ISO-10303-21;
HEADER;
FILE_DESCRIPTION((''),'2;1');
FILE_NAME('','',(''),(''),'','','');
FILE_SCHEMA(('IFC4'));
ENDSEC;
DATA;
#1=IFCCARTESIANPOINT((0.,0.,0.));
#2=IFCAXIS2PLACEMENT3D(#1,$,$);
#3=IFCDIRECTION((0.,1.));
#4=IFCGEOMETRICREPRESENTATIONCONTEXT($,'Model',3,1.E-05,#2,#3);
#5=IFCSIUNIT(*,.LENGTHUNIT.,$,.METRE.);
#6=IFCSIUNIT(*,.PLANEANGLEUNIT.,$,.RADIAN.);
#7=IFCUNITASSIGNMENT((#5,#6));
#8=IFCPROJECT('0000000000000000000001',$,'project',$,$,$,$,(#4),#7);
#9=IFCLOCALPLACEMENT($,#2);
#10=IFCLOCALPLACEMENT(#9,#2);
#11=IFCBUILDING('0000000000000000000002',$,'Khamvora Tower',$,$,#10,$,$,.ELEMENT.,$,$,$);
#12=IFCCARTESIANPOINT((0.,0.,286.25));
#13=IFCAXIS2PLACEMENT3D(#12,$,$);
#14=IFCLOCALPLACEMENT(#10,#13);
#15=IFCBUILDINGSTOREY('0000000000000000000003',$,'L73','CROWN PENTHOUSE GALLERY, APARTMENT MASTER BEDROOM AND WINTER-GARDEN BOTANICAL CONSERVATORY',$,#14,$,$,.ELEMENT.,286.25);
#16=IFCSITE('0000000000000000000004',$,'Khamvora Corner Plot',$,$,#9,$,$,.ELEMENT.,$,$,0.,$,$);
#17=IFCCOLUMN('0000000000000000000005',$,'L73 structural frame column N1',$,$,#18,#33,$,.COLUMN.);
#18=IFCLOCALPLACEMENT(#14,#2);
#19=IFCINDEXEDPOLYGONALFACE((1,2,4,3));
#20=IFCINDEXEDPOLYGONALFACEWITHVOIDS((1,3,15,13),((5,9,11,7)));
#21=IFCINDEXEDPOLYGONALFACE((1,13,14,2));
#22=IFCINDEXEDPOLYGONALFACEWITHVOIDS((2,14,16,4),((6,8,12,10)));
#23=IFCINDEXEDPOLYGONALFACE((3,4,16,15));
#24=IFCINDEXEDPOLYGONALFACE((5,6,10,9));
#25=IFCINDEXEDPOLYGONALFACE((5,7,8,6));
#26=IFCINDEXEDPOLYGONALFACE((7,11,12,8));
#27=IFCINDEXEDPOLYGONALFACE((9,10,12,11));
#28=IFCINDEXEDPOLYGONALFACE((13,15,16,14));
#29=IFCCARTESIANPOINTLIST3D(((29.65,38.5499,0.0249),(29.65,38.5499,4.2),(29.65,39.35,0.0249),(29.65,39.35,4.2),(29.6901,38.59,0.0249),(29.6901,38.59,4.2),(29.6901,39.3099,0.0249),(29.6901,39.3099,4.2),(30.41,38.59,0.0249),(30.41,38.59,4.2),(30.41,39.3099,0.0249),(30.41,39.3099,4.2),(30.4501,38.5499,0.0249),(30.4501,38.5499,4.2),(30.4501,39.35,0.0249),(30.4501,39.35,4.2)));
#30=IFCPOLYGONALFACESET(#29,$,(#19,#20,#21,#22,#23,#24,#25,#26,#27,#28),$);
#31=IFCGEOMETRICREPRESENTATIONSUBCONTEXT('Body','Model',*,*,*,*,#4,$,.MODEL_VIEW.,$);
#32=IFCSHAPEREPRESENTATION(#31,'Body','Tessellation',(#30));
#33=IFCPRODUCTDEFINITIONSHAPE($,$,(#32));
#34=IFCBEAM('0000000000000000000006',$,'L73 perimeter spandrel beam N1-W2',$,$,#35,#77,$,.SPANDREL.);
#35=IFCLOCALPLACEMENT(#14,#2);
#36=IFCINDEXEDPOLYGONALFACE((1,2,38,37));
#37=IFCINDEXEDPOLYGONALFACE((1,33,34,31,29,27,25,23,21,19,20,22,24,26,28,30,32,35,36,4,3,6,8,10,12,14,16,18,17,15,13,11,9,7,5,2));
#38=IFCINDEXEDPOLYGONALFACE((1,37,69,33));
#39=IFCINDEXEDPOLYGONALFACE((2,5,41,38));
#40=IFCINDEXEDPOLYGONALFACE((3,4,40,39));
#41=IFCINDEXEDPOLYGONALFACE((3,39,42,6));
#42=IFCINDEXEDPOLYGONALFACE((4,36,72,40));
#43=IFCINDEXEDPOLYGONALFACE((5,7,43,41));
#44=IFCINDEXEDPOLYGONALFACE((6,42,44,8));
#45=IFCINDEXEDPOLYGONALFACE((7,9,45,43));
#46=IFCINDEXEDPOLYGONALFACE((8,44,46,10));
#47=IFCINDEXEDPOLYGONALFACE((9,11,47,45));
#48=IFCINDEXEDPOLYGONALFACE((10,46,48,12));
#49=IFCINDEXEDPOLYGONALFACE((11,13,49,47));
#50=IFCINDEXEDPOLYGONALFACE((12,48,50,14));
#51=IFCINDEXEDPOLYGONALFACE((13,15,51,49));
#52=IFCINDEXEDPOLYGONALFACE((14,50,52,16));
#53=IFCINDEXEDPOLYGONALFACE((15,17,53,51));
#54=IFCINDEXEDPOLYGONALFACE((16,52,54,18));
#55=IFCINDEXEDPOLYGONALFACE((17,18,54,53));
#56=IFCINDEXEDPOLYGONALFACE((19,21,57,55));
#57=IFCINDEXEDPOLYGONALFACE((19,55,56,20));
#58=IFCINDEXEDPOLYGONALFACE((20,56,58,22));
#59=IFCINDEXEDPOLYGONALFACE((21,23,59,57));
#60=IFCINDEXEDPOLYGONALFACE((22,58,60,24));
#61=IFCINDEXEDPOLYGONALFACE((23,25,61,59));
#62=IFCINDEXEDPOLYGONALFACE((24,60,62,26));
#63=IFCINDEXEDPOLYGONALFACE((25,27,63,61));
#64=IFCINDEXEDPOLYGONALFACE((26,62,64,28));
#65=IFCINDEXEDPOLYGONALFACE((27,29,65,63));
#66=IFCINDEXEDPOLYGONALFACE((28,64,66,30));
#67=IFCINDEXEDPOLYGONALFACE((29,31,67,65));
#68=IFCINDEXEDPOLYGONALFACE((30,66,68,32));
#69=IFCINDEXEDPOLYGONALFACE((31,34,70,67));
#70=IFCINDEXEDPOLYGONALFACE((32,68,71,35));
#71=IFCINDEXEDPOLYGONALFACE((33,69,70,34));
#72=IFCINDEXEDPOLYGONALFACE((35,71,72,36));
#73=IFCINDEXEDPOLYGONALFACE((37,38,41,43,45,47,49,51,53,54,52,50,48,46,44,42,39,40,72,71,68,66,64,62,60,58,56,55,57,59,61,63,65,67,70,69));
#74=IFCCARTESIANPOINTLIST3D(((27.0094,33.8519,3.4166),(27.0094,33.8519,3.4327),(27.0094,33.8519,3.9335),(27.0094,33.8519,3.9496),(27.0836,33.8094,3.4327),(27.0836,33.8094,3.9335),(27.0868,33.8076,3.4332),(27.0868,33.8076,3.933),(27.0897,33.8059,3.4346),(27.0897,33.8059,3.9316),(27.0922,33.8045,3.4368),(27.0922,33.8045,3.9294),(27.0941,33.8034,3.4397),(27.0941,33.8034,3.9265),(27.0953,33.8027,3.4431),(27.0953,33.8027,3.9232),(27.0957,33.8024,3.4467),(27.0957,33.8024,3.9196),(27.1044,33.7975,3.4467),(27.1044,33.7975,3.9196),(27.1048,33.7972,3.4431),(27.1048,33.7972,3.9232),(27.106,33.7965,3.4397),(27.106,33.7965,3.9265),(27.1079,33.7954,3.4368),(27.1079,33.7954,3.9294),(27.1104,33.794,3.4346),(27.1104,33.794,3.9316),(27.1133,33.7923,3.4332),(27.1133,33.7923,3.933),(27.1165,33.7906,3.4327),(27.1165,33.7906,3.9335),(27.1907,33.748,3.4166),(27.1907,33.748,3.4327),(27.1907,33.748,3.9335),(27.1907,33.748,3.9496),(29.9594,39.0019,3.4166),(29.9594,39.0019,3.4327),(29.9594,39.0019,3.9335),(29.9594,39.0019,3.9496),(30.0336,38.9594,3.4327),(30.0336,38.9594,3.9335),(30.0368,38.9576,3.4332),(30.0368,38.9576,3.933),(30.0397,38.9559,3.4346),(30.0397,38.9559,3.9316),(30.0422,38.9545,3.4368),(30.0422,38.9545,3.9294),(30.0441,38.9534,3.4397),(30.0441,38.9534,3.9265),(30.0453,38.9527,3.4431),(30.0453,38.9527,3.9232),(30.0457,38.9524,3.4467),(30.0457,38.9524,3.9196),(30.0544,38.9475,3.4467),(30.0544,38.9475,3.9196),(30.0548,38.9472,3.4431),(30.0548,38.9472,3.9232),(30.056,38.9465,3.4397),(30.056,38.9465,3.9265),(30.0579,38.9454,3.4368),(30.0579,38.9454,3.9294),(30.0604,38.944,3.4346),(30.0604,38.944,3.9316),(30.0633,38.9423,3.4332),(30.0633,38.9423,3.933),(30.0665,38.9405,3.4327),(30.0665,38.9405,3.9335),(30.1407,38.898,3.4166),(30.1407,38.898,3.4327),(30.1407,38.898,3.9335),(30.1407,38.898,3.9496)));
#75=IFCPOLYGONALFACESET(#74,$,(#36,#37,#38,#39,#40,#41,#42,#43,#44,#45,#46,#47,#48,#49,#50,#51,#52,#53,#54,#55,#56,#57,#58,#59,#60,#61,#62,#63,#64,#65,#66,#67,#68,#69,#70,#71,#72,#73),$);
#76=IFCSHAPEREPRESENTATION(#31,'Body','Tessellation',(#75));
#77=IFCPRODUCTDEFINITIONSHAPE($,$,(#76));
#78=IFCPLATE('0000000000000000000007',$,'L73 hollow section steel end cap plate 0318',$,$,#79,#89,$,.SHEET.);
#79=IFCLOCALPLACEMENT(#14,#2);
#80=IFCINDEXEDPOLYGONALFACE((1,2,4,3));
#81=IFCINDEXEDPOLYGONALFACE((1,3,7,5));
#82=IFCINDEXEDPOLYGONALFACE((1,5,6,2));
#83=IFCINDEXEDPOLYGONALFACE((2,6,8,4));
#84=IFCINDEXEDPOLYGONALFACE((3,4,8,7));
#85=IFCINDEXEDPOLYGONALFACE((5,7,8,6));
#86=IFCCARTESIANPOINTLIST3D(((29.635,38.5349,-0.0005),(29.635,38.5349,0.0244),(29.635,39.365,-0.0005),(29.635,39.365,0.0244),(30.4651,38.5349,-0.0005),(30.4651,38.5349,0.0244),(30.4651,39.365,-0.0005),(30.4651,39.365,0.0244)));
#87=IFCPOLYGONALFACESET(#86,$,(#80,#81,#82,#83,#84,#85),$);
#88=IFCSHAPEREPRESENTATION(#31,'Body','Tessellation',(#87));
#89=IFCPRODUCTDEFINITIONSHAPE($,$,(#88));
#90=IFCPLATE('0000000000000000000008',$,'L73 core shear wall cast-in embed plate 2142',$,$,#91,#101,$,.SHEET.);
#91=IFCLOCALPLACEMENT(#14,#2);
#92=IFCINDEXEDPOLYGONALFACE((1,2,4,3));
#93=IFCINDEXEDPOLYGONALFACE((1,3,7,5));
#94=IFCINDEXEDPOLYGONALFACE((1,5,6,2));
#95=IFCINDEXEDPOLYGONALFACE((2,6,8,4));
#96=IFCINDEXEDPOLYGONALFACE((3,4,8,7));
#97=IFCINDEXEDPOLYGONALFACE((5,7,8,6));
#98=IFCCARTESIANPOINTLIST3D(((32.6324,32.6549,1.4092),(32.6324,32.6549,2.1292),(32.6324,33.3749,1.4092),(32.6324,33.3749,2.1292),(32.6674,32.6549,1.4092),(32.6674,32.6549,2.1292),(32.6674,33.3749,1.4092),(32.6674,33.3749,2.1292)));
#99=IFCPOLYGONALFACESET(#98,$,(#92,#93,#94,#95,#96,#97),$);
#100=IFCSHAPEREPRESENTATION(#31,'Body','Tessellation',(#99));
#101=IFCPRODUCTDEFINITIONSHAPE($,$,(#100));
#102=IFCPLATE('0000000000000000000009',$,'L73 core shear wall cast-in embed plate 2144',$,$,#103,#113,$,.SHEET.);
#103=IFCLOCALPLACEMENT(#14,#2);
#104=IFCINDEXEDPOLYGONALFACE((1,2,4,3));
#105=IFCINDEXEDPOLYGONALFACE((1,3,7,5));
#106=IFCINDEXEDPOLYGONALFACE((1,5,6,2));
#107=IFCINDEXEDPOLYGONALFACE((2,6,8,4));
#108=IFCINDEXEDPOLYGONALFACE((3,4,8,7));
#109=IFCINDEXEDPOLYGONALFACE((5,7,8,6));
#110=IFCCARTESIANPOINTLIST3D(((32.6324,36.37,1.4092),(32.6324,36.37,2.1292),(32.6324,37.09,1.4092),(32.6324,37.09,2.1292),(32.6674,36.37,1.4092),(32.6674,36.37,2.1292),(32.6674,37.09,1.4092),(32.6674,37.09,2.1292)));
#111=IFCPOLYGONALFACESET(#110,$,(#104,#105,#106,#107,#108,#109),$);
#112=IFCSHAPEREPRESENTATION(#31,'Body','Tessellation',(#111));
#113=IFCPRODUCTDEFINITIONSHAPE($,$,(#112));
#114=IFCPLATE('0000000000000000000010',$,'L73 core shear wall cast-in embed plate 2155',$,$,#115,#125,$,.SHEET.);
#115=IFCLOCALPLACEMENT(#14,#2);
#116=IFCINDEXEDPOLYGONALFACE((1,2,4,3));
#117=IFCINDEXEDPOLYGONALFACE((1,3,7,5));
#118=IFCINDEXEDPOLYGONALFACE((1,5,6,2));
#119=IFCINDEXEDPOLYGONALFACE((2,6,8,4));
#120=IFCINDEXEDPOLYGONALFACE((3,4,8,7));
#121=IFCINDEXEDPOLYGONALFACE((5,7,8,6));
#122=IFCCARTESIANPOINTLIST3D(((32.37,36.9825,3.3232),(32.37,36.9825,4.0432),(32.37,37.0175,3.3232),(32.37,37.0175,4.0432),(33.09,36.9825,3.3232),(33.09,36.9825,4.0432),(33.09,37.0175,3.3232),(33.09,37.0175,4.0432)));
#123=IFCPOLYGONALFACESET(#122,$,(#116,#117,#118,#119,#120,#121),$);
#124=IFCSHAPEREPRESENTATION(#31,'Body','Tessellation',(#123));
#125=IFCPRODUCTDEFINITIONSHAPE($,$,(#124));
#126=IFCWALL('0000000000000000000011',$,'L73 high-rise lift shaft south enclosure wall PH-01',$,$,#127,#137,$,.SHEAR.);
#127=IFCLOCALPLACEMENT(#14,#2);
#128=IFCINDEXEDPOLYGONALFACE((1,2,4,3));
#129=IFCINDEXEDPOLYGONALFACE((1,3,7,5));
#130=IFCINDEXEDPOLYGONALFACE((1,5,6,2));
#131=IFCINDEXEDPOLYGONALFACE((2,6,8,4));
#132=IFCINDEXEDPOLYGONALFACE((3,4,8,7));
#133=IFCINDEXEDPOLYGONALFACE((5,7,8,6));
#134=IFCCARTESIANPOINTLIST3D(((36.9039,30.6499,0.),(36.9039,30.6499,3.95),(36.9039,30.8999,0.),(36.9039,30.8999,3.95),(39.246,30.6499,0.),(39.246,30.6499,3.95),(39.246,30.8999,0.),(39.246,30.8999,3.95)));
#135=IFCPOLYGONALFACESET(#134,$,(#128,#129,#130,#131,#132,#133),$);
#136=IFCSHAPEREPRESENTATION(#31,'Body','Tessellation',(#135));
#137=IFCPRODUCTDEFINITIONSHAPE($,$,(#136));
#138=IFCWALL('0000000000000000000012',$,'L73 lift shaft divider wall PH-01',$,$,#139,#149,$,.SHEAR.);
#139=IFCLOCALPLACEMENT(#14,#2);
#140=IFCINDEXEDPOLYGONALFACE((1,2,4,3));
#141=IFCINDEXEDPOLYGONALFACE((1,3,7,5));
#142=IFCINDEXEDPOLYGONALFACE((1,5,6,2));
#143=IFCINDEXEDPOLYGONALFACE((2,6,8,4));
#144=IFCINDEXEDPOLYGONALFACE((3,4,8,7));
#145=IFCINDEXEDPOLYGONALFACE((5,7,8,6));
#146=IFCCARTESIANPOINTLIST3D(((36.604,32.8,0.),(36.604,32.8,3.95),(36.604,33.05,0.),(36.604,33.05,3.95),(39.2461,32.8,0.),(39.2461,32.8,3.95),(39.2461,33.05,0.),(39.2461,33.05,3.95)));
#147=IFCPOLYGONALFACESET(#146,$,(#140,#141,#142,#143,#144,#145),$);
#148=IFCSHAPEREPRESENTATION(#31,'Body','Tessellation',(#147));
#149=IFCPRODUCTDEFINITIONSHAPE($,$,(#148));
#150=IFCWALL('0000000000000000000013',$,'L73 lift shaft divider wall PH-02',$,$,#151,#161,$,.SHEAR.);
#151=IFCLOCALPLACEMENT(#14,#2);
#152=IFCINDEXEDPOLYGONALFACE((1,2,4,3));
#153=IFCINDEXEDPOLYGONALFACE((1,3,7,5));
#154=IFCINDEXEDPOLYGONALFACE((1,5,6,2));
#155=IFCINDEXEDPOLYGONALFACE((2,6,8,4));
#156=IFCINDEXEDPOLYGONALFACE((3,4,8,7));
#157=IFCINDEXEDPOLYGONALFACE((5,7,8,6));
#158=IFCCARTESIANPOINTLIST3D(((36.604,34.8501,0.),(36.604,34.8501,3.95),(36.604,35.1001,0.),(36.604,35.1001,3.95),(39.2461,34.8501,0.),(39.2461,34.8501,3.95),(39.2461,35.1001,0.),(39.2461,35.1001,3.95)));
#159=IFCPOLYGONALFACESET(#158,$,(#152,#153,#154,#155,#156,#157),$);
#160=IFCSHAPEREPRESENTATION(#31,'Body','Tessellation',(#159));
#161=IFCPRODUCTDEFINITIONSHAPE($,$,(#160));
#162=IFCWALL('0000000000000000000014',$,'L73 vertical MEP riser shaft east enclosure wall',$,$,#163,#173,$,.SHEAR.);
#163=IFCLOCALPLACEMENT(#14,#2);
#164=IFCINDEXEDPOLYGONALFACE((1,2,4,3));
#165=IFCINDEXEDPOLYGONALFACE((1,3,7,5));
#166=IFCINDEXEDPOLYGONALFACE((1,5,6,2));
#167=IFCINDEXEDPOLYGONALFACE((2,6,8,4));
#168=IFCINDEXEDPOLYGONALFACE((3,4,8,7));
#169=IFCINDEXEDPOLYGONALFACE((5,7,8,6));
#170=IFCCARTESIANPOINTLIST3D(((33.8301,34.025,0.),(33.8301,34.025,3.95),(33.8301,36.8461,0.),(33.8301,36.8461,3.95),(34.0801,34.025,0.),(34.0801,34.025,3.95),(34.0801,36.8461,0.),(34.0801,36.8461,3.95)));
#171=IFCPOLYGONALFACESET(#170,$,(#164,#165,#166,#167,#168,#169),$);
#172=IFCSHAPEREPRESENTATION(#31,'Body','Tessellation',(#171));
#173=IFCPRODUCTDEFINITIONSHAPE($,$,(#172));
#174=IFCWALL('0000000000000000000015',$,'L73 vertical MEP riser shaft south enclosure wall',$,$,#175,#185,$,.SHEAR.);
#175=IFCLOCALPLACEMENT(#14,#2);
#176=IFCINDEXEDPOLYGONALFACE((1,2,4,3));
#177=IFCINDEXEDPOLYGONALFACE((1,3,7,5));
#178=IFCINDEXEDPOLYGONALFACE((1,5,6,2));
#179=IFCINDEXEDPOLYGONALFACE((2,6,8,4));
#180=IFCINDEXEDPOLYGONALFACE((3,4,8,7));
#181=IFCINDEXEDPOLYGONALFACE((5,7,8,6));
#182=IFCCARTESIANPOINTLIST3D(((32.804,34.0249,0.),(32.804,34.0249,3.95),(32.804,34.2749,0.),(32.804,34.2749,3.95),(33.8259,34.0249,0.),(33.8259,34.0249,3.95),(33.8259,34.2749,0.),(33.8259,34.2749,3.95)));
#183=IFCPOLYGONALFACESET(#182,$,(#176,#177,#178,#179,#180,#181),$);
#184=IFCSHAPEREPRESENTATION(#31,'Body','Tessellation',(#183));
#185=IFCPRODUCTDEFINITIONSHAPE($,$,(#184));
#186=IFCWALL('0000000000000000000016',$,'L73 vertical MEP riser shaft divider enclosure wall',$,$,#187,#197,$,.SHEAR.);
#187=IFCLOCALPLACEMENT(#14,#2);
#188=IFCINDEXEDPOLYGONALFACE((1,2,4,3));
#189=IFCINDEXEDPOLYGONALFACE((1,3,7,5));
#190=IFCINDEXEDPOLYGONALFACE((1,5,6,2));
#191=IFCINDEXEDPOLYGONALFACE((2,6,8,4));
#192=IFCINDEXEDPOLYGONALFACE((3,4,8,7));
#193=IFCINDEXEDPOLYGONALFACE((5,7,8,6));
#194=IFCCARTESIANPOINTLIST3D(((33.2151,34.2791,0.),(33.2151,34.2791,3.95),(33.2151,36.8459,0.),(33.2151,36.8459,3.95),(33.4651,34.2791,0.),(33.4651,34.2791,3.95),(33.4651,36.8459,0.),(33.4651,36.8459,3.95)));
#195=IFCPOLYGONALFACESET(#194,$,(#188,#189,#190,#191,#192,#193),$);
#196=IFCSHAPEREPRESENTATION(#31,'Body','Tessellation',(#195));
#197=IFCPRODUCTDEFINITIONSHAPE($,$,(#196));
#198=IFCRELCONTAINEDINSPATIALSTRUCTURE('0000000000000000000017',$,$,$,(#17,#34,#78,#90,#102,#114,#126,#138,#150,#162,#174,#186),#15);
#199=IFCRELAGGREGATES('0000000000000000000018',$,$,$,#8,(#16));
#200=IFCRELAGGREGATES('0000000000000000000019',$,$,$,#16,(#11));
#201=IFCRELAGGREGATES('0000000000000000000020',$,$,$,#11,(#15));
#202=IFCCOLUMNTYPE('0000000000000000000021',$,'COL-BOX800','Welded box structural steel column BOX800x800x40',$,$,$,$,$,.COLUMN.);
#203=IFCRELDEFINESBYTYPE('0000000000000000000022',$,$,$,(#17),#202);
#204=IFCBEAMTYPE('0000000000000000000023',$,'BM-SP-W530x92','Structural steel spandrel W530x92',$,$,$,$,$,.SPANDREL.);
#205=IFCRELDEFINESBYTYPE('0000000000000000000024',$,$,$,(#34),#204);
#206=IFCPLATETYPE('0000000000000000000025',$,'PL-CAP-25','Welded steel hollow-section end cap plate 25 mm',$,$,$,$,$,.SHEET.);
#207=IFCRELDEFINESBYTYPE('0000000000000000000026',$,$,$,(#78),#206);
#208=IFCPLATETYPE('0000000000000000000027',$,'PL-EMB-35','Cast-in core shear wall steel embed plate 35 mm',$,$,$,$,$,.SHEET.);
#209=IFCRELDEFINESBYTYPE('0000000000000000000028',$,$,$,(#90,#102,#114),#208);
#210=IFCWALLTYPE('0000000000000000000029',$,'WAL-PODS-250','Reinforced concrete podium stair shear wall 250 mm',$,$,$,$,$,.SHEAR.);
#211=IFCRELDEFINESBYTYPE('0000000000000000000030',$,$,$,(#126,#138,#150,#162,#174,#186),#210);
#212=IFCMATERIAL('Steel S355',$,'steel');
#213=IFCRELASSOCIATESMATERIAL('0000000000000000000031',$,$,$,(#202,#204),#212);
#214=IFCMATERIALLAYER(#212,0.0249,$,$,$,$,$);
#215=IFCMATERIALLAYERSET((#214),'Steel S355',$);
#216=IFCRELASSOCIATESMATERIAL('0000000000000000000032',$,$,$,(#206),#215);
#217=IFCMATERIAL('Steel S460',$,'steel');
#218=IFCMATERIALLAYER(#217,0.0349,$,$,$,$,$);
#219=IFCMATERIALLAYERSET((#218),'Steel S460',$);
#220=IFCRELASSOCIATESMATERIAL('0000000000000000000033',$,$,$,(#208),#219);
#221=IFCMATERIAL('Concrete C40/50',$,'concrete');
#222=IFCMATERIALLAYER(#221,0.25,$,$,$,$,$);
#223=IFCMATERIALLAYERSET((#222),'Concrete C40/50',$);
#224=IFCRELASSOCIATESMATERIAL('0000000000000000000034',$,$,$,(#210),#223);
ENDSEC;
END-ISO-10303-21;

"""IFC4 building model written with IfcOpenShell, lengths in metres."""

from ifc_helpers import new_model, si_unit, direction, frame, frame_2d, origin, origin_2d, place, context, subcontext, project, spatial, rectangle, hollow_rectangle, i_section, extrude, material, layer, layer_set, material_profile, profile_set, type_object, element, save


model = new_model("IFC4")

# Units and contexts
model_context = context("Model", 3, precision=1e-05, world=origin(), true_north=direction((0.0, 1.0)))
body_context = subcontext(model_context, "Body", "Model", "MODEL_VIEW")
ifc_project = project(units=[si_unit("LENGTHUNIT", "METRE"), si_unit("PLANEANGLEUNIT", "RADIAN")], contexts=[model_context])

# Site, building, storey
site_placement = place(None, origin())
site = spatial("IfcSite", under=ifc_project, at=site_placement, Name="Khamvora Corner Plot", CompositionType="ELEMENT", RefElevation=0.0)
building_placement = place(site_placement, origin())
building = spatial("IfcBuilding", under=site, at=building_placement, Name="Khamvora Tower", CompositionType="ELEMENT")
storey_placement = place(building_placement, frame((0.0, 0.0, 286.25)))
storey = spatial("IfcBuildingStorey", under=building, at=storey_placement, Name="L73", Description="CROWN PENTHOUSE GALLERY, APARTMENT MASTER BEDROOM AND WINTER-GARDEN BOTANICAL CONSERVATORY", CompositionType="ELEMENT", Elevation=286.25)

# Column
ifc_material_1 = material(Name="Steel S355", Category="steel")
ifc_material_profile_1 = material_profile(ifc_material_1, hollow_rectangle(XDim=0.8, YDim=0.8, WallThickness=0.04, at=origin_2d()), Name="BOX800x800x40")
ifc_profile_set_1 = profile_set([ifc_material_profile_1], Name="Steel S355")
column_type = type_object("IfcColumnType", Name="COL-BOX800", Description="Welded box structural steel column BOX800x800x40", PredefinedType="COLUMN", material=ifc_profile_set_1)
column_placement = place(storey_placement, frame((30.05, 38.95, 0.0249), z_axis=(0.0, 0.0, 1.0), x_axis=(1.0, 0.0, 0.0)))
element("IfcColumn", 1, at=column_placement, inside=storey, type_object=column_type, Name="L73 structural frame column N1", PredefinedType="COLUMN", context=body_context, shape_type="SweptSolid", body=[
    extrude(hollow_rectangle(XDim=0.8, YDim=0.8, WallThickness=0.04, at=origin_2d()), origin(), (0.0, 0.0, 1.0), 4.175),
])

# Beam
ifc_material_profile_2 = material_profile(ifc_material_1, i_section(OverallWidth=0.209, OverallDepth=0.533, WebThickness=0.01, FlangeThickness=0.0161, FilletRadius=0.0139, at=origin_2d()), Name="W530x92")
ifc_profile_set_2 = profile_set([ifc_material_profile_2], Name="Steel S355")
beam_type = type_object("IfcBeamType", Name="BM-SP-W530x92", Description="Structural steel spandrel W530x92", PredefinedType="SPANDREL", material=ifc_profile_set_2)
beam_placement = place(storey_placement, frame((30.05, 38.95, 3.6831), z_axis=(-0.497047, -0.867724, 0.0), x_axis=(0.867724, -0.497047, 0.0)))
element("IfcBeam", 2, at=beam_placement, inside=storey, type_object=beam_type, Name="L73 perimeter spandrel beam N1-W2", PredefinedType="SPANDREL", context=body_context, shape_type="SweptSolid", body=[
    extrude(i_section(OverallWidth=0.209, OverallDepth=0.533, WebThickness=0.01, FlangeThickness=0.0161, FilletRadius=0.0139, at=origin_2d()), origin(), (0.0, 0.0, 1.0), 5.9351),
])

# Plates
ifc_layer_1 = layer(ifc_material_1, 0.0249)
ifc_layer_set_1 = layer_set([ifc_layer_1], Name="Steel S355")
plate_type_1 = type_object("IfcPlateType", Name="PL-CAP-25", Description="Welded steel hollow-section end cap plate 25 mm", PredefinedType="SHEET", material=ifc_layer_set_1)
plate_1_placement = place(storey_placement, frame((30.05, 38.95, -0.0005), z_axis=(0.0, 0.0, 1.0), x_axis=(1.0, 0.0, 0.0)))
element("IfcPlate", 3, at=plate_1_placement, inside=storey, type_object=plate_type_1, Name="L73 hollow section steel end cap plate 0318", PredefinedType="SHEET", context=body_context, shape_type="SweptSolid", body=[
    extrude(rectangle(XDim=0.8301, YDim=0.8301, at=origin_2d()), origin(), (0.0, 0.0, 1.0), 0.0249),
])
ifc_material_2 = material(Name="Steel S460", Category="steel")
ifc_layer_2 = layer(ifc_material_2, 0.0349)
ifc_layer_set_2 = layer_set([ifc_layer_2], Name="Steel S460")
plate_type_2 = type_object("IfcPlateType", Name="PL-EMB-35", Description="Cast-in core shear wall steel embed plate 35 mm", PredefinedType="SHEET", material=ifc_layer_set_2)
for number, where, z_axis, x_axis, name in (
    (4, (32.6499, 33.0149, 1.4092), (0.0, 0.0, 1.0), (1.0, 0.0, 0.0), "L73 core shear wall cast-in embed plate 2142"),
    (5, (32.6499, 36.73, 1.4092), (0.0, 0.0, 1.0), (1.0, 0.0, 0.0), "L73 core shear wall cast-in embed plate 2144"),
):
    element("IfcPlate", number, at=place(storey_placement, frame(where, z_axis=z_axis, x_axis=x_axis)), inside=storey, type_object=plate_type_2, Name=name, PredefinedType="SHEET", context=body_context, shape_type="SweptSolid", body=[
        extrude(rectangle(XDim=0.0349, YDim=0.72, at=origin_2d()), origin(), (0.0, 0.0, 1.0), 0.72),
    ])
plate_2_placement = place(storey_placement, frame((32.73, 37.0, 3.3232), z_axis=(0.0, 0.0, 1.0), x_axis=(1.0, 0.0, 0.0)))
element("IfcPlate", 6, at=plate_2_placement, inside=storey, type_object=plate_type_2, Name="L73 core shear wall cast-in embed plate 2155", PredefinedType="SHEET", context=body_context, shape_type="SweptSolid", body=[
    extrude(rectangle(XDim=0.72, YDim=0.0349, at=origin_2d()), origin(), (0.0, 0.0, 1.0), 0.72),
])

# Walls
ifc_material_3 = material(Name="Concrete C40/50", Category="concrete")
ifc_layer_3 = layer(ifc_material_3, 0.25)
ifc_layer_set_3 = layer_set([ifc_layer_3], Name="Concrete C40/50")
wall_type_1 = type_object("IfcWallType", Name="WAL-PODS-250", Description="Reinforced concrete podium stair shear wall 250 mm", PredefinedType="SHEAR", material=ifc_layer_set_3)
wall_1_placement = place(storey_placement, frame((36.9041, 30.7749, 0.0), z_axis=(0.0, 0.0, 1.0), x_axis=(1.0, 0.0, 0.0)))
element("IfcWall", 7, at=wall_1_placement, inside=storey, type_object=wall_type_1, Name="L73 high-rise lift shaft south enclosure wall PH-01", PredefinedType="SHEAR", context=body_context, shape_type="SweptSolid", body=[
    extrude(rectangle(XDim=2.342, YDim=0.25, at=frame_2d((1.1709, 0.0))), origin(), (0.0, 0.0, 1.0), 3.95),
])
for number, where, z_axis, x_axis, name in (
    (8, (36.604, 32.925, 0.0), (0.0, 0.0, 1.0), (1.0, 0.0, 0.0), "L73 lift shaft divider wall PH-01"),
    (9, (36.604, 34.9751, 0.0), (0.0, 0.0, 1.0), (1.0, 0.0, 0.0), "L73 lift shaft divider wall PH-02"),
):
    element("IfcWall", number, at=place(storey_placement, frame(where, z_axis=z_axis, x_axis=x_axis)), inside=storey, type_object=wall_type_1, Name=name, PredefinedType="SHEAR", context=body_context, shape_type="SweptSolid", body=[
        extrude(rectangle(XDim=2.6421, YDim=0.25, at=frame_2d((1.321, 0.0))), origin(), (0.0, 0.0, 1.0), 3.95),
    ])
wall_2_placement = place(storey_placement, frame((33.9551, 34.0249, 0.0), z_axis=(0.0, 0.0, 1.0), x_axis=(0.0, 1.0, 0.0)))
element("IfcWall", 10, at=wall_2_placement, inside=storey, type_object=wall_type_1, Name="L73 vertical MEP riser shaft east enclosure wall", PredefinedType="SHEAR", context=body_context, shape_type="SweptSolid", body=[
    extrude(rectangle(XDim=2.821, YDim=0.25, at=frame_2d((1.4106, 0.0))), origin(), (0.0, 0.0, 1.0), 3.95),
])
wall_3_placement = place(storey_placement, frame((32.804, 34.1499, 0.0), z_axis=(0.0, 0.0, 1.0), x_axis=(1.0, 0.0, 0.0)))
element("IfcWall", 11, at=wall_3_placement, inside=storey, type_object=wall_type_1, Name="L73 vertical MEP riser shaft south enclosure wall", PredefinedType="SHEAR", context=body_context, shape_type="SweptSolid", body=[
    extrude(rectangle(XDim=1.022, YDim=0.25, at=frame_2d((0.511, 0.0))), origin(), (0.0, 0.0, 1.0), 3.95),
])
wall_4_placement = place(storey_placement, frame((33.3401, 34.2791, 0.0), z_axis=(0.0, 0.0, 1.0), x_axis=(0.0, 1.0, 0.0)))
element("IfcWall", 12, at=wall_4_placement, inside=storey, type_object=wall_type_1, Name="L73 vertical MEP riser shaft divider enclosure wall", PredefinedType="SHEAR", context=body_context, shape_type="SweptSolid", body=[
    extrude(rectangle(XDim=2.5669, YDim=0.25, at=frame_2d((1.2834, 0.0))), origin(), (0.0, 0.0, 1.0), 3.95),
])

save(model, "model.ifc")
